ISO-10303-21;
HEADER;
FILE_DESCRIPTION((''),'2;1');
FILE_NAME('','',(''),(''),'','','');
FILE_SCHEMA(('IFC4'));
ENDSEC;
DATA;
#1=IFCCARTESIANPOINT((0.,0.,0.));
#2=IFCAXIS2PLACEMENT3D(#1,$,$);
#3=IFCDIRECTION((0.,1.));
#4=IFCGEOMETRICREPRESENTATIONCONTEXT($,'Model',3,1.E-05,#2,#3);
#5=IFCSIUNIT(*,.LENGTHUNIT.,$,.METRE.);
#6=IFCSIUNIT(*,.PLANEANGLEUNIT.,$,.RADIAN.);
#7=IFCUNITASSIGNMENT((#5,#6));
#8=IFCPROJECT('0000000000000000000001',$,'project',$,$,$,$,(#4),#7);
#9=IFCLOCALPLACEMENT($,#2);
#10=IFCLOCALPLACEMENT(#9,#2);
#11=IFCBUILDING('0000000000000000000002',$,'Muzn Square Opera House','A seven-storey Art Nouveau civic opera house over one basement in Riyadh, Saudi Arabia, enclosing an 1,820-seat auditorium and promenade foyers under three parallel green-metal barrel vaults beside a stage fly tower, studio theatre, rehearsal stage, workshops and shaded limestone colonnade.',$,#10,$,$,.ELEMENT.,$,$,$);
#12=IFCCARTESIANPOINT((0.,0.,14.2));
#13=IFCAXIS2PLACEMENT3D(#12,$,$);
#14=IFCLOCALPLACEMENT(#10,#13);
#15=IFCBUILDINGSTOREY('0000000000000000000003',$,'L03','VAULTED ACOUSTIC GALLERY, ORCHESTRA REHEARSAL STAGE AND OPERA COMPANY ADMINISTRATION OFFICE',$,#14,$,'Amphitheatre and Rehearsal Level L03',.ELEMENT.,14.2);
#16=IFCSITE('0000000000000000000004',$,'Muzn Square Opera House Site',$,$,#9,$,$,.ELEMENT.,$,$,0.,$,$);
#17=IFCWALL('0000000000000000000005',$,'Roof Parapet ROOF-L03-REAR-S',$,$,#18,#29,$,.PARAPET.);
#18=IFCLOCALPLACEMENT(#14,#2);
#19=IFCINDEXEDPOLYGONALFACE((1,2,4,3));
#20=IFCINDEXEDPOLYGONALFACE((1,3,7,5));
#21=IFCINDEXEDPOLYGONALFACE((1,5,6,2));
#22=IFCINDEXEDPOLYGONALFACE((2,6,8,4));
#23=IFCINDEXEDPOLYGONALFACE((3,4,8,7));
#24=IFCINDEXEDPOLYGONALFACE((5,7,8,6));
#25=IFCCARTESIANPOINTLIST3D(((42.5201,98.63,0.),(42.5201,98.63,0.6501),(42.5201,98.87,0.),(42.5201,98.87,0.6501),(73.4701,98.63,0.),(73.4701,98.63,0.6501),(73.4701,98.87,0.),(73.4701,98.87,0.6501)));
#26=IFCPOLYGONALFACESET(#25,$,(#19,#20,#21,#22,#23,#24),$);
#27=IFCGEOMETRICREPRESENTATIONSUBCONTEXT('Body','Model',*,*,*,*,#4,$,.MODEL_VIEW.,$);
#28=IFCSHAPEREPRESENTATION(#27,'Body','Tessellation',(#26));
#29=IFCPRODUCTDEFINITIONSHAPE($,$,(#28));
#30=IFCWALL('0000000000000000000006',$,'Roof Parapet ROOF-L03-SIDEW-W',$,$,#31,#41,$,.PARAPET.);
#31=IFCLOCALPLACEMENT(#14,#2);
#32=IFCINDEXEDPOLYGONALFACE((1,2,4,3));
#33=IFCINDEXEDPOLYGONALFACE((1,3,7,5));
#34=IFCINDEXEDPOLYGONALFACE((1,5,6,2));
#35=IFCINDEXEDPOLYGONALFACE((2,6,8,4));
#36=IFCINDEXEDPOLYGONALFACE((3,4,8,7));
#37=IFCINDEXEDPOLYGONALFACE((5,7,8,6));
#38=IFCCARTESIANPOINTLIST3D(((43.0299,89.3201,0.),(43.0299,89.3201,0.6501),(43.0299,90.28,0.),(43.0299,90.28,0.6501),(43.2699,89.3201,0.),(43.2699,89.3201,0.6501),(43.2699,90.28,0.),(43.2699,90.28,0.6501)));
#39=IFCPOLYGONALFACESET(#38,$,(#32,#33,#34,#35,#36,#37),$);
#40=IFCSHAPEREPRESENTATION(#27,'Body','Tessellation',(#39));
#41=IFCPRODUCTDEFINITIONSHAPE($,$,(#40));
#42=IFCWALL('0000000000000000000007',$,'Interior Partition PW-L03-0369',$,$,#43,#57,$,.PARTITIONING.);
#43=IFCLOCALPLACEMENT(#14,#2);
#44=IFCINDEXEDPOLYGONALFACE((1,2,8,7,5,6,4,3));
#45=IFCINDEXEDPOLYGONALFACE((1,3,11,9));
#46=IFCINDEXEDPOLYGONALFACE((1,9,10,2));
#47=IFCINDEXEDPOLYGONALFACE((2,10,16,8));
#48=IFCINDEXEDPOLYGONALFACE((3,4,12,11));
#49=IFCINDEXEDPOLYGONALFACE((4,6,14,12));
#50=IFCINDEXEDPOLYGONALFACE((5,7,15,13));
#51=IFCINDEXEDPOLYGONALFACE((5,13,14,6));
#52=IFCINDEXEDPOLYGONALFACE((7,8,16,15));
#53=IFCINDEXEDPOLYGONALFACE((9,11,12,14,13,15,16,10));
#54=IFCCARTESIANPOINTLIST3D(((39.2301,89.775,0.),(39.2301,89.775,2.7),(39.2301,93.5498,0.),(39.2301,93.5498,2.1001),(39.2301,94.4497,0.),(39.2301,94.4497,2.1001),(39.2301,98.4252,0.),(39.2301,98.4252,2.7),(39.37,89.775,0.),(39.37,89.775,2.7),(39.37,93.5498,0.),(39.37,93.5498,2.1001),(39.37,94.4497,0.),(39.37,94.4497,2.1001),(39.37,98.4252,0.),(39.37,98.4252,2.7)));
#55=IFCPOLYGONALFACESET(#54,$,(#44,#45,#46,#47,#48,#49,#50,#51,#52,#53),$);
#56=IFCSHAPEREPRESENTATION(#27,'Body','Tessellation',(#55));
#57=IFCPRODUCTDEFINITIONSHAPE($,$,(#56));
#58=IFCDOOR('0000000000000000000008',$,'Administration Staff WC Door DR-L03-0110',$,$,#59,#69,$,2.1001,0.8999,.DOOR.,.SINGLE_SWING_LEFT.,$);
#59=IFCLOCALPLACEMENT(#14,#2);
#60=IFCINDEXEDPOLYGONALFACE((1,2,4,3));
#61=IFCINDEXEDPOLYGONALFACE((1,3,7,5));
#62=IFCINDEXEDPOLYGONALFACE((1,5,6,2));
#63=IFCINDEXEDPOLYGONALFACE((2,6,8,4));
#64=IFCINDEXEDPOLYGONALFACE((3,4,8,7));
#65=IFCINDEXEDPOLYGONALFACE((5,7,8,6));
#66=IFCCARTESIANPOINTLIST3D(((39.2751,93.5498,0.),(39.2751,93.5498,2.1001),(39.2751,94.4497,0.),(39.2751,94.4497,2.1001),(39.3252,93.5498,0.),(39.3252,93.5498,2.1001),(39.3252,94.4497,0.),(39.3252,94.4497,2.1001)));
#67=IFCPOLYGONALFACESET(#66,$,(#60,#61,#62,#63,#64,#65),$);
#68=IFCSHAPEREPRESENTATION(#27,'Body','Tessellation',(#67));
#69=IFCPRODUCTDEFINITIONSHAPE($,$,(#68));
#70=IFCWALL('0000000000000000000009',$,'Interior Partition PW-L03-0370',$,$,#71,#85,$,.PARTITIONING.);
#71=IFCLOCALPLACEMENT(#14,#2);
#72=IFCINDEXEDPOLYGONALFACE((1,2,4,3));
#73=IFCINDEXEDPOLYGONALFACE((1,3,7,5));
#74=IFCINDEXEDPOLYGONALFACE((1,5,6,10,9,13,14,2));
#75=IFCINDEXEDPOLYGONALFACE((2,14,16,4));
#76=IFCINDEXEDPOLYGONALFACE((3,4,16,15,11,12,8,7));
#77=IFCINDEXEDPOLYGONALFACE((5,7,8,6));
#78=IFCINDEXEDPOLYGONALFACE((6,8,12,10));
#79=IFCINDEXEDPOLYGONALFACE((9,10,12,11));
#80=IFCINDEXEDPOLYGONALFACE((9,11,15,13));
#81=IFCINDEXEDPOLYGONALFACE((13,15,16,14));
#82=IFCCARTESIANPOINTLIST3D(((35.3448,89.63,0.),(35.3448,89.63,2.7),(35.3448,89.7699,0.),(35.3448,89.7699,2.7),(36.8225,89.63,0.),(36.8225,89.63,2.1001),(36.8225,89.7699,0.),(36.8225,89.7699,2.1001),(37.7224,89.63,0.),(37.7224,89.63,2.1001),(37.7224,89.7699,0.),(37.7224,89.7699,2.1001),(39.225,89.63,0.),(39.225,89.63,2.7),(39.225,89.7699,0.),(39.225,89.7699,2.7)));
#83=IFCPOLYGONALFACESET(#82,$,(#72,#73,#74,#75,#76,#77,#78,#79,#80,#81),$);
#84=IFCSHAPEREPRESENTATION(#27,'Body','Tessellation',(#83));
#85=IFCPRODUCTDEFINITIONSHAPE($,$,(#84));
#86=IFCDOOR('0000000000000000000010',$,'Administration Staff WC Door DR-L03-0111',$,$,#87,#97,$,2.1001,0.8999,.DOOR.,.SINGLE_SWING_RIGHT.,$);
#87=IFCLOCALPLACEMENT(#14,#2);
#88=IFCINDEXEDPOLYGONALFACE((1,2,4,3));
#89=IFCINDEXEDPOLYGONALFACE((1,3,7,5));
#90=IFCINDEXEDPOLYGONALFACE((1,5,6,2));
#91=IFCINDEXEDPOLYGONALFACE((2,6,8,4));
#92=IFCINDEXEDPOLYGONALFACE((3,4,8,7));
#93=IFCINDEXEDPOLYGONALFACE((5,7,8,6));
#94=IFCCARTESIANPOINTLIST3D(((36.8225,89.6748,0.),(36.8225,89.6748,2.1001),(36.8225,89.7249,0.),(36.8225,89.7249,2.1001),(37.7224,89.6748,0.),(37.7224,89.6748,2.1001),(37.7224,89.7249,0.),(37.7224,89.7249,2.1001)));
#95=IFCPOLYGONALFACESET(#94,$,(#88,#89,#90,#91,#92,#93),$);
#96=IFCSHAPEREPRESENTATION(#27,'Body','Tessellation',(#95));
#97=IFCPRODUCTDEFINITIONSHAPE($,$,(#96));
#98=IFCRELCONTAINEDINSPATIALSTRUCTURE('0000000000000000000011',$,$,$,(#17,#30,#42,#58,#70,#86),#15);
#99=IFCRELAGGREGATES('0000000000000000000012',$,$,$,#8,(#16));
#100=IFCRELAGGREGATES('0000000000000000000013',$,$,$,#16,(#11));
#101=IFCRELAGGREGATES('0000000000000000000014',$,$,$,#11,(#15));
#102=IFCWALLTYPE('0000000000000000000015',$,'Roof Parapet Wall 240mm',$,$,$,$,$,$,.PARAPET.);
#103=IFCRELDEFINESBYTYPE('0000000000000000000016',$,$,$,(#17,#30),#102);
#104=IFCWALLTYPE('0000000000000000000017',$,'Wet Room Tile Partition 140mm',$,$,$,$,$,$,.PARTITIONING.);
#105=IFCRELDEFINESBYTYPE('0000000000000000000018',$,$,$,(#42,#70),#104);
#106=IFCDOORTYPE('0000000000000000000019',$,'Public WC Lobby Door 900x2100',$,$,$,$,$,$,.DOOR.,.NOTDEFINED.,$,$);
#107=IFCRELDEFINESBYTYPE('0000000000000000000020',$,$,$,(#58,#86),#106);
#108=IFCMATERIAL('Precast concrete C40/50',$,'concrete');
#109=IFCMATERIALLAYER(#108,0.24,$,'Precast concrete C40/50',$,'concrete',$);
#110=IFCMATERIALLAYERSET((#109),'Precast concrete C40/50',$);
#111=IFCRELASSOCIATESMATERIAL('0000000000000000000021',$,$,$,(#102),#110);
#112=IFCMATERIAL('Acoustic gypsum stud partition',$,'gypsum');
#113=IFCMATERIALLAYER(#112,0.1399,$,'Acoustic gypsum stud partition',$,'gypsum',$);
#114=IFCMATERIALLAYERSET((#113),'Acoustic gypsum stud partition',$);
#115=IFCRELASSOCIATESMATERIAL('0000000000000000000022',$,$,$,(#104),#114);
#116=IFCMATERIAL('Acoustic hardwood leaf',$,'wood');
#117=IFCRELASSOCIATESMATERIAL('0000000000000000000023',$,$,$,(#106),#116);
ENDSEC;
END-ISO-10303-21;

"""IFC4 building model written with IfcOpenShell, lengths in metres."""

from ifc_helpers import new_model, si_unit, direction, frame, frame_2d, origin, place, context, subcontext, project, spatial, rectangle, extrude, material, layer, layer_set, type_object, element, fill, save


model = new_model("IFC4")

# Units and contexts
model_context = context("Model", 3, precision=1e-05, world=origin(), true_north=direction((0.0, 1.0)))
body_context = subcontext(model_context, "Body", "Model", "MODEL_VIEW")
ifc_project = project(units=[si_unit("LENGTHUNIT", "METRE"), si_unit("PLANEANGLEUNIT", "RADIAN")], contexts=[model_context])

# Site, building, storey
site_placement = place(None, origin())
site = spatial("IfcSite", under=ifc_project, at=site_placement, Name="Muzn Square Opera House Site", CompositionType="ELEMENT", RefElevation=0.0)
building_placement = place(site_placement, origin())
building = spatial("IfcBuilding", under=site, at=building_placement, Name="Muzn Square Opera House", Description="A seven-storey Art Nouveau civic opera house over one basement in Riyadh, Saudi Arabia, enclosing an 1,820-seat auditorium and promenade foyers under three parallel green-metal barrel vaults beside a stage fly tower, studio theatre, rehearsal stage, workshops and shaded limestone colonnade.", CompositionType="ELEMENT")
storey_placement = place(building_placement, frame((0.0, 0.0, 14.2)))
storey = spatial("IfcBuildingStorey", under=building, at=storey_placement, Name="L03", Description="VAULTED ACOUSTIC GALLERY, ORCHESTRA REHEARSAL STAGE AND OPERA COMPANY ADMINISTRATION OFFICE", LongName="Amphitheatre and Rehearsal Level L03", CompositionType="ELEMENT", Elevation=14.2)

# Walls
ifc_material_1 = material(Name="Precast concrete C40/50", Category="concrete")
ifc_layer_1 = layer(ifc_material_1, 0.24, Name="Precast concrete C40/50", Category="concrete")
ifc_layer_set_1 = layer_set([ifc_layer_1], Name="Precast concrete C40/50")
wall_type_1 = type_object("IfcWallType", Name="Roof Parapet Wall 240mm", PredefinedType="PARAPET", material=ifc_layer_set_1)
wall_1_placement = place(storey_placement, frame((42.52, 98.75, 0.0), z_axis=(0.0, 0.0, 1.0), x_axis=(1.0, 0.0, 0.0)))
element("IfcWall", 1, at=wall_1_placement, inside=storey, type_object=wall_type_1, Name="Roof Parapet ROOF-L03-REAR-S", PredefinedType="PARAPET", context=body_context, shape_type="SweptSolid", body=[
    extrude(rectangle(XDim=30.95, YDim=0.24, at=frame_2d((15.4751, 0.0))), origin(), (0.0, 0.0, 1.0), 0.6501),
])
wall_2_placement = place(storey_placement, frame((43.1499, 89.3201, 0.0), z_axis=(0.0, 0.0, 1.0), x_axis=(0.0, 1.0, 0.0)))
element("IfcWall", 2, at=wall_2_placement, inside=storey, type_object=wall_type_1, Name="Roof Parapet ROOF-L03-SIDEW-W", PredefinedType="PARAPET", context=body_context, shape_type="SweptSolid", body=[
    extrude(rectangle(XDim=0.96, YDim=0.24, at=frame_2d((0.48, 0.0))), origin(), (0.0, 0.0, 1.0), 0.6501),
])

# Walls, openings, doors
ifc_material_2 = material(Name="Acoustic gypsum stud partition", Category="gypsum")
ifc_layer_2 = layer(ifc_material_2, 0.1399, Name="Acoustic gypsum stud partition", Category="gypsum")
ifc_layer_set_2 = layer_set([ifc_layer_2], Name="Acoustic gypsum stud partition")
wall_type_2 = type_object("IfcWallType", Name="Wet Room Tile Partition 140mm", PredefinedType="PARTITIONING", material=ifc_layer_set_2)
wall_3_placement = place(storey_placement, frame((39.3, 89.7749, 0.0), z_axis=(0.0, 0.0, 1.0), x_axis=(0.0, 1.0, 0.0)))
wall_3 = element("IfcWall", 3, at=wall_3_placement, inside=storey, type_object=wall_type_2, Name="Interior Partition PW-L03-0369", PredefinedType="PARTITIONING", context=body_context, shape_type="SweptSolid", body=[
    extrude(rectangle(XDim=8.6501, YDim=0.1399, at=frame_2d((4.3252, 0.0))), origin(), (0.0, 0.0, 1.0), 2.7),
])
opening_1_placement = place(wall_3_placement, frame((3.7749, 0.0, 0.0)))
opening_1 = element("IfcOpeningElement", 4, at=opening_1_placement, cuts=wall_3, PredefinedType="OPENING", context=body_context, shape_type="SweptSolid", body=[
    extrude(rectangle(XDim=0.8999, YDim=2.1001, at=frame_2d((0.45, 1.05))), frame((0.0, 0.0798, 0.0), z_axis=(0.0, -1.0, 0.0), x_axis=(1.0, 0.0, 0.0)), (0.0, 0.0, 1.0), 0.1599),
])
ifc_material_3 = material(Name="Acoustic hardwood leaf", Category="wood")
door_type = type_object("IfcDoorType", Name="Public WC Lobby Door 900x2100", OperationType="NOTDEFINED", PredefinedType="DOOR", material=ifc_material_3)
door_1_placement = place(opening_1_placement, origin())
door_1 = element("IfcDoor", 5, at=door_1_placement, inside=storey, type_object=door_type, Name="Administration Staff WC Door DR-L03-0110", OperationType="SINGLE_SWING_LEFT", OverallHeight=2.1001, OverallWidth=0.8999, PredefinedType="DOOR", context=body_context, shape_type="SweptSolid", body=[
    extrude(rectangle(XDim=0.8999, YDim=2.1001, at=frame_2d((0.45, 1.05))), frame((0.0, 0.0249, 0.0), z_axis=(0.0, -1.0, 0.0), x_axis=(1.0, 0.0, 0.0)), (0.0, 0.0, 1.0), 0.05),
])
fill(opening_1, door_1)
wall_4_placement = place(storey_placement, frame((35.345, 89.7, 0.0), z_axis=(0.0, 0.0, 1.0), x_axis=(1.0, 0.0, 0.0)))
wall_4 = element("IfcWall", 6, at=wall_4_placement, inside=storey, type_object=wall_type_2, Name="Interior Partition PW-L03-0370", PredefinedType="PARTITIONING", context=body_context, shape_type="SweptSolid", body=[
    extrude(rectangle(XDim=3.8801, YDim=0.1399, at=frame_2d((1.9399, 0.0))), origin(), (0.0, 0.0, 1.0), 2.7),
])
opening_2_placement = place(wall_4_placement, frame((1.4775, 0.0, 0.0)))
opening_2 = element("IfcOpeningElement", 7, at=opening_2_placement, cuts=wall_4, PredefinedType="OPENING", context=body_context, shape_type="SweptSolid", body=[
    extrude(rectangle(XDim=0.8999, YDim=2.1001, at=frame_2d((0.45, 1.05))), frame((0.0, 0.0798, 0.0), z_axis=(0.0, -1.0, 0.0), x_axis=(1.0, 0.0, 0.0)), (0.0, 0.0, 1.0), 0.1599),
])
door_2_placement = place(opening_2_placement, origin())
door_2 = element("IfcDoor", 8, at=door_2_placement, inside=storey, type_object=door_type, Name="Administration Staff WC Door DR-L03-0111", OperationType="SINGLE_SWING_RIGHT", OverallHeight=2.1001, OverallWidth=0.8999, PredefinedType="DOOR", context=body_context, shape_type="SweptSolid", body=[
    extrude(rectangle(XDim=0.8999, YDim=2.1001, at=frame_2d((0.45, 1.05))), frame((0.0, 0.0249, 0.0), z_axis=(0.0, -1.0, 0.0), x_axis=(1.0, 0.0, 0.0)), (0.0, 0.0, 1.0), 0.05),
])
fill(opening_2, door_2)

save(model, "model.ifc")
